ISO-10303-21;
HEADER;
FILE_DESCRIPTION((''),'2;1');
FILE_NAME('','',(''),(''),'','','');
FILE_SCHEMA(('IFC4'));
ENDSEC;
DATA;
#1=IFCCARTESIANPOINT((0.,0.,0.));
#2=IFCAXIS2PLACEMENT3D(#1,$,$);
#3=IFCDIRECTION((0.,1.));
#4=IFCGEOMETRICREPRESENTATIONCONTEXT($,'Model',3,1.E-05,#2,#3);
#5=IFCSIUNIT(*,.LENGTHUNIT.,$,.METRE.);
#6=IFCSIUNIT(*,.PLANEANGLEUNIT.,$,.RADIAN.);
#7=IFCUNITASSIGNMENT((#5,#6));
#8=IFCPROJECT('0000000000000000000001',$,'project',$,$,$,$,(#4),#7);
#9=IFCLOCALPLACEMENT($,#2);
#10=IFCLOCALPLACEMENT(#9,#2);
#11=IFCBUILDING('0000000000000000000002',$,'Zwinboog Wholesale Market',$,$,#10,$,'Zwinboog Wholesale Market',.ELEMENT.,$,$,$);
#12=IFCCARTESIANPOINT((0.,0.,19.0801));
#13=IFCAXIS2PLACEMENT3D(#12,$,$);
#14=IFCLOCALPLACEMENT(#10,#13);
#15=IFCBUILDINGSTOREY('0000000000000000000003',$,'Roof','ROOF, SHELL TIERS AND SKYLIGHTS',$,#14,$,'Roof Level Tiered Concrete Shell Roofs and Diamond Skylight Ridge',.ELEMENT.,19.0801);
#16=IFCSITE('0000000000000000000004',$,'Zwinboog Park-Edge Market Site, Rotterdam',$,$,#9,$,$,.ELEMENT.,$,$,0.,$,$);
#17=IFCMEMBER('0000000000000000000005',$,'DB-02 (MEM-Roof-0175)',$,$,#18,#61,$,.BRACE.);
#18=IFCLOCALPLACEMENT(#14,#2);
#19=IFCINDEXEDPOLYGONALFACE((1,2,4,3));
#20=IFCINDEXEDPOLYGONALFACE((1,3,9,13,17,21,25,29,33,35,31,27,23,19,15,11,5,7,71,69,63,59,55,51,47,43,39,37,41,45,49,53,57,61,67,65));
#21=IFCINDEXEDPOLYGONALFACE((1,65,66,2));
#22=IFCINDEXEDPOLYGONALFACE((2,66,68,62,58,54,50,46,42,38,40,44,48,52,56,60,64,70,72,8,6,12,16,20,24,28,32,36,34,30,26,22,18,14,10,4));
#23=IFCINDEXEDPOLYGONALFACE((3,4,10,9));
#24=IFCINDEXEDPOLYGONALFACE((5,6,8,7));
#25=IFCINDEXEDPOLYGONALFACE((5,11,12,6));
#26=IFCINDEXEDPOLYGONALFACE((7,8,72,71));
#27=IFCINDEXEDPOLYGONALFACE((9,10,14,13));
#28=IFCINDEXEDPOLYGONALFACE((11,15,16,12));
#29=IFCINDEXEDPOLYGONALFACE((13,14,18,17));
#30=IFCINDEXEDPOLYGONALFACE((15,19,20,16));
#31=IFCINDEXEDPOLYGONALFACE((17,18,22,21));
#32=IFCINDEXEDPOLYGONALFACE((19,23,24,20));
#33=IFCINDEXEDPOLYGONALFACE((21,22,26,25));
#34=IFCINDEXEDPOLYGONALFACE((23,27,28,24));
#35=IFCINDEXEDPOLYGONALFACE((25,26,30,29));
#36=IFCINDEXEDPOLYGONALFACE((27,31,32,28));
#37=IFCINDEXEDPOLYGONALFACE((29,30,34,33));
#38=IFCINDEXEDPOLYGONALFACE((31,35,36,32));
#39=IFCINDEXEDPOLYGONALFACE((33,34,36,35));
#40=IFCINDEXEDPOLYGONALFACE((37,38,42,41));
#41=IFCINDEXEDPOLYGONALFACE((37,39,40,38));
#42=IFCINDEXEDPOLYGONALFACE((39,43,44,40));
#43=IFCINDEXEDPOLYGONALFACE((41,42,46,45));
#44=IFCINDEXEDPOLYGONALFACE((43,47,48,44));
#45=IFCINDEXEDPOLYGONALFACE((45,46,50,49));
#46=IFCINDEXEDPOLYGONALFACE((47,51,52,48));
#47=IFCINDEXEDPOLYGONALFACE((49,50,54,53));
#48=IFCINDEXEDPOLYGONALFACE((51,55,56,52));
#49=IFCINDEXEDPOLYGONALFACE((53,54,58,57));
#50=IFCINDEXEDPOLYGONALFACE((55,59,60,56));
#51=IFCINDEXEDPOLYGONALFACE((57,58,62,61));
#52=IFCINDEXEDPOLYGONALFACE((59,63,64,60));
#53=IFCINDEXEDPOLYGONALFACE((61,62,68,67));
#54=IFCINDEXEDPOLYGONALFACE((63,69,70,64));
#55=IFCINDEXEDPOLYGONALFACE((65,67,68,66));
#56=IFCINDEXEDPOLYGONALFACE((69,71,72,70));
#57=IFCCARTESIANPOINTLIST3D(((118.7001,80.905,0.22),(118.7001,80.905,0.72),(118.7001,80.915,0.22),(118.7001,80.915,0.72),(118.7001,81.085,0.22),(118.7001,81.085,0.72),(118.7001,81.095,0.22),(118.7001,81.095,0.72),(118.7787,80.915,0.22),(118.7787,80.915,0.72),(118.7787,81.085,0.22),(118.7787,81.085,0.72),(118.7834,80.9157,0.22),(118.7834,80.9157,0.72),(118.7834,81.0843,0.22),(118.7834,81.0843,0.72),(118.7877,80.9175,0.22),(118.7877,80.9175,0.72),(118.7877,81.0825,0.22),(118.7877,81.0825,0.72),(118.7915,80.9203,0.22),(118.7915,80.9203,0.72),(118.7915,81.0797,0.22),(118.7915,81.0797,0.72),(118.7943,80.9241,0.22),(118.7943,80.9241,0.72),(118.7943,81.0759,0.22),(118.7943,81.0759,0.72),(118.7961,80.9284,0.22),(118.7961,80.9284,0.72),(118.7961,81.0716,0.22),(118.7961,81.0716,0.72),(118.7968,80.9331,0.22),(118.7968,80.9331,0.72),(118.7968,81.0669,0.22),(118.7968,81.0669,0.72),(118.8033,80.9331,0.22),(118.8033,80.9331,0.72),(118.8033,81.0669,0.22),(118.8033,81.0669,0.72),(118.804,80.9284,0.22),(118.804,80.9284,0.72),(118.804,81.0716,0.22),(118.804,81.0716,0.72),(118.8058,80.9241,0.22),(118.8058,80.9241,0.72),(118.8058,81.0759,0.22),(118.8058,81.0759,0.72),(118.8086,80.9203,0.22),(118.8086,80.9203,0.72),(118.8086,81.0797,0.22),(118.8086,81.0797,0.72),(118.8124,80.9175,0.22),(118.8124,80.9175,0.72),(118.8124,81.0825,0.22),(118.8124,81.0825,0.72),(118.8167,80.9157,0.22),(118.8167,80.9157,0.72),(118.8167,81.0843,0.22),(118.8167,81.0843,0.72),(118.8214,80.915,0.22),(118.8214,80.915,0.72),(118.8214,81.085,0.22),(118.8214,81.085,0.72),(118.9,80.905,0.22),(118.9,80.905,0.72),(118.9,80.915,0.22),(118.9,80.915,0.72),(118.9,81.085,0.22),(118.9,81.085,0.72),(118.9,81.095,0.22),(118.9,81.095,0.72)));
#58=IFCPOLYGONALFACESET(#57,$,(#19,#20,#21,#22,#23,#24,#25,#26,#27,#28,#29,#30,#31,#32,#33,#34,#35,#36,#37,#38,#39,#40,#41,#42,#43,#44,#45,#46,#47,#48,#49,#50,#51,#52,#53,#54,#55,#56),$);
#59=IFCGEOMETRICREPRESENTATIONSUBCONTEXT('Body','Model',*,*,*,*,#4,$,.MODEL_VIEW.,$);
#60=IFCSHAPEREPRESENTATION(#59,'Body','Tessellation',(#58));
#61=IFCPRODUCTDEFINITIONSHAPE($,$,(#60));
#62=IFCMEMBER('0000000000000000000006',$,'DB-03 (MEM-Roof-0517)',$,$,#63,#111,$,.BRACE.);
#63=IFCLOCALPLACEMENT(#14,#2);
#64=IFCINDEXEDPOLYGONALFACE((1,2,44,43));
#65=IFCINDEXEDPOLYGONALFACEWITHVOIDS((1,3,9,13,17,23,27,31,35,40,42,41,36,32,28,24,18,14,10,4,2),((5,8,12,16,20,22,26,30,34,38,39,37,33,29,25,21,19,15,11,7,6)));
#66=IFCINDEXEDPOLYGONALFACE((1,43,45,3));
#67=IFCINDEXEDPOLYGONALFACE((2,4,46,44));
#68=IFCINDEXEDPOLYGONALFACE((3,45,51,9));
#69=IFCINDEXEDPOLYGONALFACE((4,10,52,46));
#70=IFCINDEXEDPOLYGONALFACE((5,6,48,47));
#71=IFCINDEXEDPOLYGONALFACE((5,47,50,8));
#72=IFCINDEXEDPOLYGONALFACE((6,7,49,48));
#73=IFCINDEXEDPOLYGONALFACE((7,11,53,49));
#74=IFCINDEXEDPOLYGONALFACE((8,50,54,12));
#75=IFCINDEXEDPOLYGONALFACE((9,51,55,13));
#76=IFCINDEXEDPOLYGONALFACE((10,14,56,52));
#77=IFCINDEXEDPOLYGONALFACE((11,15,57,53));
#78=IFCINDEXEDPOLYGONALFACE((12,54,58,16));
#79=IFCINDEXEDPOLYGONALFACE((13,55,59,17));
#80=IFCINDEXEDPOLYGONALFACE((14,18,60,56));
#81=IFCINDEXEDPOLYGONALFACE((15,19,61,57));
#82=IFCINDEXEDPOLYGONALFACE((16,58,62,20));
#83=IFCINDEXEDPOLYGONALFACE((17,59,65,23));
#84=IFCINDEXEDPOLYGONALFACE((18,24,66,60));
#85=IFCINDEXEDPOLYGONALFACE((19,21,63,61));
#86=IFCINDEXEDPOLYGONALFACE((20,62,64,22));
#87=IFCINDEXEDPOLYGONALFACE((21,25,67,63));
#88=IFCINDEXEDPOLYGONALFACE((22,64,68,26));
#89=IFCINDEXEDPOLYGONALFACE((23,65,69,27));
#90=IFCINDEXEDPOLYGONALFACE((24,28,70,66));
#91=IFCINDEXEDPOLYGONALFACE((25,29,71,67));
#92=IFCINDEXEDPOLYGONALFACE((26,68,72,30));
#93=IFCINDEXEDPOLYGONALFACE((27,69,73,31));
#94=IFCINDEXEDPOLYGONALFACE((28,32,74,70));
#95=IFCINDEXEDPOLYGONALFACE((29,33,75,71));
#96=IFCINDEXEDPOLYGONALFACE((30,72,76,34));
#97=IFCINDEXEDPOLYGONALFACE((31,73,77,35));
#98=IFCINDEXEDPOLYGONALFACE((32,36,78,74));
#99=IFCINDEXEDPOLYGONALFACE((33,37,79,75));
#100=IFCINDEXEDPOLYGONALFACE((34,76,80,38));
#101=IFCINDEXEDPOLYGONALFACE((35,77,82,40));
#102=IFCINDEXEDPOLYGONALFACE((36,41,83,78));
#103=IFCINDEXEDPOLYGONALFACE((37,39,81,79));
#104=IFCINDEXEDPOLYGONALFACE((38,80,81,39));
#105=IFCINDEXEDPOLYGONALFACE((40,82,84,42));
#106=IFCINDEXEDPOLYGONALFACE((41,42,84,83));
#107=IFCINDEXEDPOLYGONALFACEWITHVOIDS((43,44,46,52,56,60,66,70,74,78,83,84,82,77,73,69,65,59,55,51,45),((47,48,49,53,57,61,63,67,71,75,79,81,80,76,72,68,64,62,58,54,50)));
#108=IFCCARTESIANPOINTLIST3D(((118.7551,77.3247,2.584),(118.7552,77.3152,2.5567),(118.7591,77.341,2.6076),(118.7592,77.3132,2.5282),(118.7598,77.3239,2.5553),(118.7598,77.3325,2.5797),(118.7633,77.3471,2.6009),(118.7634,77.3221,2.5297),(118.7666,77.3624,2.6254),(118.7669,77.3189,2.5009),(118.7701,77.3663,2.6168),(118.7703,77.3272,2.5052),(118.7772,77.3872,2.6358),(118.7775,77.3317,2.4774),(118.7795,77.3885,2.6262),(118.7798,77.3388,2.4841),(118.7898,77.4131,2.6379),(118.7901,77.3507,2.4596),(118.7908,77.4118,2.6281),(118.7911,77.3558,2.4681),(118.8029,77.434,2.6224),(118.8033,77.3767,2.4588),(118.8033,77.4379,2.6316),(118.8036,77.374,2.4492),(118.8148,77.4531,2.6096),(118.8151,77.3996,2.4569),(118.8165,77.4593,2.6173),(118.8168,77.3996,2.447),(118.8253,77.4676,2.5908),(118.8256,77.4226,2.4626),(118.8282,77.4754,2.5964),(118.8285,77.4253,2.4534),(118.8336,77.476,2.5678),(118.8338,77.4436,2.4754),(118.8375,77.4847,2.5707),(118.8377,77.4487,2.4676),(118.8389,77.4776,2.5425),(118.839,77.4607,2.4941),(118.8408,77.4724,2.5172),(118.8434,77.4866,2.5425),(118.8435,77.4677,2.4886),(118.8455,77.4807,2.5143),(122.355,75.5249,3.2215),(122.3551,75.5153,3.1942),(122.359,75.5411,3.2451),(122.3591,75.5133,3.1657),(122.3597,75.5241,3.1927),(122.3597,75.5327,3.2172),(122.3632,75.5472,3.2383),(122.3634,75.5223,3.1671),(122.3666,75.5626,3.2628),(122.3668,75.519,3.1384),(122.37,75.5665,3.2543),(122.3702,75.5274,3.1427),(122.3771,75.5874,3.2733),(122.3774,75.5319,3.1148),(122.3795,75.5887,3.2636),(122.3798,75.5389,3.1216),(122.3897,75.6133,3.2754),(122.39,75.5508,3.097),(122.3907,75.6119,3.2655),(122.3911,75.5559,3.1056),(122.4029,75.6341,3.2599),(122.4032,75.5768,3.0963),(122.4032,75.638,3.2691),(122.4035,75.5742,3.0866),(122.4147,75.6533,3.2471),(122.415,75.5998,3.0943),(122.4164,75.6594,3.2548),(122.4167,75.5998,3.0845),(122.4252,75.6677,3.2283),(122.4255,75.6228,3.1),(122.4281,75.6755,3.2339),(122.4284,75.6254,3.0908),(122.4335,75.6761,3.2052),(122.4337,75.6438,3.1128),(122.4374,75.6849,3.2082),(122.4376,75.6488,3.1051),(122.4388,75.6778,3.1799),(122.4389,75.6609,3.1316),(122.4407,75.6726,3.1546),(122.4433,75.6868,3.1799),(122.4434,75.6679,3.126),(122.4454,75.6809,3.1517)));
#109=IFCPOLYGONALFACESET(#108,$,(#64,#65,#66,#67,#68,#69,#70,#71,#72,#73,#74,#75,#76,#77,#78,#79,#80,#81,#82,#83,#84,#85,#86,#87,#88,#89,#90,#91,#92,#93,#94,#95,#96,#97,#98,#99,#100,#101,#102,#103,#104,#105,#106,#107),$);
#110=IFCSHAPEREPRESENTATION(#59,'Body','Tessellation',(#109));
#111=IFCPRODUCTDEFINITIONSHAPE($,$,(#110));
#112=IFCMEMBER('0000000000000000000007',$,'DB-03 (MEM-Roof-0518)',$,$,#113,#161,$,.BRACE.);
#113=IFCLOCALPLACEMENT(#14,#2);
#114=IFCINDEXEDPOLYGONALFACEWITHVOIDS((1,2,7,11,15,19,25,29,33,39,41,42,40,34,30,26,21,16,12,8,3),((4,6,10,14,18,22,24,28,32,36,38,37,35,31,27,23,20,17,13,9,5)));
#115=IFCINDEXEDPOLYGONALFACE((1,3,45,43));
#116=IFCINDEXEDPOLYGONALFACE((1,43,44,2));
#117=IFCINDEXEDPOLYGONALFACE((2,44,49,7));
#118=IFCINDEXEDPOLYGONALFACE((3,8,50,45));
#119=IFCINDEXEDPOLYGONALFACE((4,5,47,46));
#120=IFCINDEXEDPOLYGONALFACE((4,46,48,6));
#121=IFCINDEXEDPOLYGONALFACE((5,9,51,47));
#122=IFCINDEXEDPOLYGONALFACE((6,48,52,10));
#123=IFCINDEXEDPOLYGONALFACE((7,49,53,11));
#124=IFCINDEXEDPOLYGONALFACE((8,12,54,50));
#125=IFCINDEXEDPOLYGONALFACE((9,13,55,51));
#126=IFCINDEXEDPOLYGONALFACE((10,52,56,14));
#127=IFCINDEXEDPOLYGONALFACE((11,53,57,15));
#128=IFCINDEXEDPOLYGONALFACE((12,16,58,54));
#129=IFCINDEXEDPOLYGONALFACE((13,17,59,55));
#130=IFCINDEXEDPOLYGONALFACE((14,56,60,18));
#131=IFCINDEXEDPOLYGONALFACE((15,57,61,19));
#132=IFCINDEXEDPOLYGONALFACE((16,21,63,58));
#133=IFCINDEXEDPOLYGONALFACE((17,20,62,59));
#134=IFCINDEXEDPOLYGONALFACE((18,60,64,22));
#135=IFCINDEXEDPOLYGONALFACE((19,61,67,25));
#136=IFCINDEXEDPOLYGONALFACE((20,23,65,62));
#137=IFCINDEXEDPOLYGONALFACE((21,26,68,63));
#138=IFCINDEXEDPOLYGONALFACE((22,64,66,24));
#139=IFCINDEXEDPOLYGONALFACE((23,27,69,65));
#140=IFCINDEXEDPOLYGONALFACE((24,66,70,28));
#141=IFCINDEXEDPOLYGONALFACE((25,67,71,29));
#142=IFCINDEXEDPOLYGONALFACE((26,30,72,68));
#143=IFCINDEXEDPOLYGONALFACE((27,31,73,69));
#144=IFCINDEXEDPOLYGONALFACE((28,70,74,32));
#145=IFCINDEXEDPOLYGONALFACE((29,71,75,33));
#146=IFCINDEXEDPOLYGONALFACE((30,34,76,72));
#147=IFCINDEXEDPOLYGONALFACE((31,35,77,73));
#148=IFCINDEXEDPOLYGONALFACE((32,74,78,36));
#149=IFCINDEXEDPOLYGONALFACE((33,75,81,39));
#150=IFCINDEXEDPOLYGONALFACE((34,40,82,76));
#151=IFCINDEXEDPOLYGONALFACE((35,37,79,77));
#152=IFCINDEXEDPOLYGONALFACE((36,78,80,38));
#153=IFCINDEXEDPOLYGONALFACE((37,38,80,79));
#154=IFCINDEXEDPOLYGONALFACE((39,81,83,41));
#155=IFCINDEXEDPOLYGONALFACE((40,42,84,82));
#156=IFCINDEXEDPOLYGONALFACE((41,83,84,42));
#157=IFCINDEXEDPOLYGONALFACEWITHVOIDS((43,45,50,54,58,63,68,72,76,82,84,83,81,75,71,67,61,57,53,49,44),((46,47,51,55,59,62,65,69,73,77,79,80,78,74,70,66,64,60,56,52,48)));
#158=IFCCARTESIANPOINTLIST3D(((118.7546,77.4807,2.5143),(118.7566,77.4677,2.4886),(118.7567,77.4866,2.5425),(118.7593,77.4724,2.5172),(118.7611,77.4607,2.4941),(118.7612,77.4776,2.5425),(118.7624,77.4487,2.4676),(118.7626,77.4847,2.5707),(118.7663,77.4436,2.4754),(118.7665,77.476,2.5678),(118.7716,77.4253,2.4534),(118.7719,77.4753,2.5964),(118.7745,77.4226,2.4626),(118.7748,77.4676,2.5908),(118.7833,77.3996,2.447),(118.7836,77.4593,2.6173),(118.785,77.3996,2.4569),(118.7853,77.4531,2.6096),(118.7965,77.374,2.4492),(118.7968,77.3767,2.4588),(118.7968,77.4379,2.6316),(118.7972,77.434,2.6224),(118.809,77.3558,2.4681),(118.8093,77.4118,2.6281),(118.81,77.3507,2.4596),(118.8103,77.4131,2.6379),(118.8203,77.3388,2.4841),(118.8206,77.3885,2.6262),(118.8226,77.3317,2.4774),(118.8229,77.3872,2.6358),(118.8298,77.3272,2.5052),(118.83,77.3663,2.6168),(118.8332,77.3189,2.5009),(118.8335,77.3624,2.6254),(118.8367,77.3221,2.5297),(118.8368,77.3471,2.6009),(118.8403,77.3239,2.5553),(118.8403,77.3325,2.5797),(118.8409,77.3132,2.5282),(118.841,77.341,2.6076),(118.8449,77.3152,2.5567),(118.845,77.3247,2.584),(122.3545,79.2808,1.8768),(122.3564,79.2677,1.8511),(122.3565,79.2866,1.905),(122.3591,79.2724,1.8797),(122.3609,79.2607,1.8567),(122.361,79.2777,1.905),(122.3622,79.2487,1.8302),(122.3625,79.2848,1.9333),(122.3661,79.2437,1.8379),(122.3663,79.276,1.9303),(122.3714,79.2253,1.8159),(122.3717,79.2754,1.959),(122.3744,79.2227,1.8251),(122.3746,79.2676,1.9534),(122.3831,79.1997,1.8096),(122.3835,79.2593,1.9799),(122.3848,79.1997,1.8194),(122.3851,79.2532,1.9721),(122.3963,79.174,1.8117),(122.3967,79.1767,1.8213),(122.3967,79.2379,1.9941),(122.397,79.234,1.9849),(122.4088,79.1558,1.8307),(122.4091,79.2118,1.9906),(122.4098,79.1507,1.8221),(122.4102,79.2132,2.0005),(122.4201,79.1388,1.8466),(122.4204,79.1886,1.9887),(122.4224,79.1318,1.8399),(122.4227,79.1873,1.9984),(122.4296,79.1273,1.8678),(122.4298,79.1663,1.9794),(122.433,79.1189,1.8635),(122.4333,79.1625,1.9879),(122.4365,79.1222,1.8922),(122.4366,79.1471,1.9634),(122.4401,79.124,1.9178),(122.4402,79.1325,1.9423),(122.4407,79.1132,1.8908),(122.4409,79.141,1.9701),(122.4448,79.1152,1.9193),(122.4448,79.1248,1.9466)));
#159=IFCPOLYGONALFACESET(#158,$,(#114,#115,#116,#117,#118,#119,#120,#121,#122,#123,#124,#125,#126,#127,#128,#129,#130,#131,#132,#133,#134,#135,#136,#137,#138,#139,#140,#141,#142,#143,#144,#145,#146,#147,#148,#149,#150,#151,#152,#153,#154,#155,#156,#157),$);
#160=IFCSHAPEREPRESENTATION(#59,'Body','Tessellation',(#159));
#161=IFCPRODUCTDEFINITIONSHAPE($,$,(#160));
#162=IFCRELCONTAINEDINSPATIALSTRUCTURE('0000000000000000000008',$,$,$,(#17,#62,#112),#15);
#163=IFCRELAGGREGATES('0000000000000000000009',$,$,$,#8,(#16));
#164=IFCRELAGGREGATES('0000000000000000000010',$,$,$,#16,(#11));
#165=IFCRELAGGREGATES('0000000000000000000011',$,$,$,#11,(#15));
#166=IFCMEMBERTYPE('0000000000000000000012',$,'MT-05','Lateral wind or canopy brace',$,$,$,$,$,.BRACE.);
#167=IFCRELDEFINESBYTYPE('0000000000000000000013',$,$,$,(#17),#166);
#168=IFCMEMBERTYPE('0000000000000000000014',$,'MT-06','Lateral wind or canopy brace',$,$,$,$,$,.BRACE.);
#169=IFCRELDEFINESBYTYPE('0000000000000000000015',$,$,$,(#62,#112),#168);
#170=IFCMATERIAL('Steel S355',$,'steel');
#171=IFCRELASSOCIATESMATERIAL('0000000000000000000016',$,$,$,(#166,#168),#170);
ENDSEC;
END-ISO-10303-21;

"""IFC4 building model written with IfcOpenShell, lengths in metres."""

from ifc_helpers import new_model, si_unit, direction, frame, origin, origin_2d, place, context, subcontext, project, spatial, hollow_circle, i_section, extrude, material, material_profile, profile_set, type_object, element, save


model = new_model("IFC4")

# Units and contexts
model_context = context("Model", 3, precision=1e-05, world=origin(), true_north=direction((0.0, 1.0)))
body_context = subcontext(model_context, "Body", "Model", "MODEL_VIEW")
ifc_project = project(units=[si_unit("LENGTHUNIT", "METRE"), si_unit("PLANEANGLEUNIT", "RADIAN")], contexts=[model_context])

# Site, building, storey
site_placement = place(None, origin())
site = spatial("IfcSite", under=ifc_project, at=site_placement, Name="Zwinboog Park-Edge Market Site, Rotterdam", CompositionType="ELEMENT", RefElevation=0.0)
building_placement = place(site_placement, origin())
building = spatial("IfcBuilding", under=site, at=building_placement, Name="Zwinboog Wholesale Market", LongName="Zwinboog Wholesale Market", CompositionType="ELEMENT")
storey_placement = place(building_placement, frame((0.0, 0.0, 19.0801)))
storey = spatial("IfcBuildingStorey", under=building, at=storey_placement, Name="Roof", Description="ROOF, SHELL TIERS AND SKYLIGHTS", LongName="Roof Level Tiered Concrete Shell Roofs and Diamond Skylight Ridge", CompositionType="ELEMENT", Elevation=19.0801)

# Members
ifc_material_1 = material(Name="Steel S355", Category="steel")
ifc_material_profile_1 = material_profile(ifc_material_1, i_section(OverallWidth=0.2, OverallDepth=0.1899, WebThickness=0.0066, FlangeThickness=0.01, FilletRadius=0.0181, at=origin_2d()), Name="HEA 200")
ifc_profile_set_1 = profile_set([ifc_material_profile_1], Name="Steel S355")
member_type_1 = type_object("IfcMemberType", Name="MT-05", Description="Lateral wind or canopy brace", PredefinedType="BRACE", material=ifc_profile_set_1)
member_1_placement = place(storey_placement, frame((118.8, 81.0, 0.22), z_axis=(0.0, 0.0, 1.0), x_axis=(1.0, 0.0, 0.0)))
element("IfcMember", 1, at=member_1_placement, inside=storey, type_object=member_type_1, Name="DB-02 (MEM-Roof-0175)", PredefinedType="BRACE", context=body_context, shape_type="SweptSolid", body=[
    extrude(i_section(OverallWidth=0.2, OverallDepth=0.1899, WebThickness=0.0066, FlangeThickness=0.01, FilletRadius=0.0181, at=origin_2d()), origin(), (0.0, 0.0, 1.0), 0.5),
])
ifc_material_profile_2 = material_profile(ifc_material_1, hollow_circle(Radius=0.0969, WallThickness=0.01, at=origin_2d()), Name="CHS 193.7x10")
ifc_profile_set_2 = profile_set([ifc_material_profile_2], Name="Steel S355")
member_type_2 = type_object("IfcMemberType", Name="MT-06", Description="Lateral wind or canopy brace", PredefinedType="BRACE", material=ifc_profile_set_2)
for number, where, z_axis, x_axis, name in (
    (2, (118.8, 77.3999, 2.5425), (0.883427, -0.441684, 0.156435), (0.447189, 0.894439, 0.0), "DB-03 (MEM-Roof-0517)"),
    (3, (118.8, 77.3999, 2.5425), (0.883404, 0.441732, -0.15643), (-0.447238, 0.894415, 0.0), "DB-03 (MEM-Roof-0518)"),
):
    element("IfcMember", number, at=place(storey_placement, frame(where, z_axis=z_axis, x_axis=x_axis)), inside=storey, type_object=member_type_2, Name=name, PredefinedType="BRACE", context=body_context, shape_type="SweptSolid", body=[
        extrude(hollow_circle(Radius=0.0969, WallThickness=0.01, at=origin_2d()), origin(), (0.0, 0.0, 1.0), 4.075),
    ])

save(model, "model.ifc")
